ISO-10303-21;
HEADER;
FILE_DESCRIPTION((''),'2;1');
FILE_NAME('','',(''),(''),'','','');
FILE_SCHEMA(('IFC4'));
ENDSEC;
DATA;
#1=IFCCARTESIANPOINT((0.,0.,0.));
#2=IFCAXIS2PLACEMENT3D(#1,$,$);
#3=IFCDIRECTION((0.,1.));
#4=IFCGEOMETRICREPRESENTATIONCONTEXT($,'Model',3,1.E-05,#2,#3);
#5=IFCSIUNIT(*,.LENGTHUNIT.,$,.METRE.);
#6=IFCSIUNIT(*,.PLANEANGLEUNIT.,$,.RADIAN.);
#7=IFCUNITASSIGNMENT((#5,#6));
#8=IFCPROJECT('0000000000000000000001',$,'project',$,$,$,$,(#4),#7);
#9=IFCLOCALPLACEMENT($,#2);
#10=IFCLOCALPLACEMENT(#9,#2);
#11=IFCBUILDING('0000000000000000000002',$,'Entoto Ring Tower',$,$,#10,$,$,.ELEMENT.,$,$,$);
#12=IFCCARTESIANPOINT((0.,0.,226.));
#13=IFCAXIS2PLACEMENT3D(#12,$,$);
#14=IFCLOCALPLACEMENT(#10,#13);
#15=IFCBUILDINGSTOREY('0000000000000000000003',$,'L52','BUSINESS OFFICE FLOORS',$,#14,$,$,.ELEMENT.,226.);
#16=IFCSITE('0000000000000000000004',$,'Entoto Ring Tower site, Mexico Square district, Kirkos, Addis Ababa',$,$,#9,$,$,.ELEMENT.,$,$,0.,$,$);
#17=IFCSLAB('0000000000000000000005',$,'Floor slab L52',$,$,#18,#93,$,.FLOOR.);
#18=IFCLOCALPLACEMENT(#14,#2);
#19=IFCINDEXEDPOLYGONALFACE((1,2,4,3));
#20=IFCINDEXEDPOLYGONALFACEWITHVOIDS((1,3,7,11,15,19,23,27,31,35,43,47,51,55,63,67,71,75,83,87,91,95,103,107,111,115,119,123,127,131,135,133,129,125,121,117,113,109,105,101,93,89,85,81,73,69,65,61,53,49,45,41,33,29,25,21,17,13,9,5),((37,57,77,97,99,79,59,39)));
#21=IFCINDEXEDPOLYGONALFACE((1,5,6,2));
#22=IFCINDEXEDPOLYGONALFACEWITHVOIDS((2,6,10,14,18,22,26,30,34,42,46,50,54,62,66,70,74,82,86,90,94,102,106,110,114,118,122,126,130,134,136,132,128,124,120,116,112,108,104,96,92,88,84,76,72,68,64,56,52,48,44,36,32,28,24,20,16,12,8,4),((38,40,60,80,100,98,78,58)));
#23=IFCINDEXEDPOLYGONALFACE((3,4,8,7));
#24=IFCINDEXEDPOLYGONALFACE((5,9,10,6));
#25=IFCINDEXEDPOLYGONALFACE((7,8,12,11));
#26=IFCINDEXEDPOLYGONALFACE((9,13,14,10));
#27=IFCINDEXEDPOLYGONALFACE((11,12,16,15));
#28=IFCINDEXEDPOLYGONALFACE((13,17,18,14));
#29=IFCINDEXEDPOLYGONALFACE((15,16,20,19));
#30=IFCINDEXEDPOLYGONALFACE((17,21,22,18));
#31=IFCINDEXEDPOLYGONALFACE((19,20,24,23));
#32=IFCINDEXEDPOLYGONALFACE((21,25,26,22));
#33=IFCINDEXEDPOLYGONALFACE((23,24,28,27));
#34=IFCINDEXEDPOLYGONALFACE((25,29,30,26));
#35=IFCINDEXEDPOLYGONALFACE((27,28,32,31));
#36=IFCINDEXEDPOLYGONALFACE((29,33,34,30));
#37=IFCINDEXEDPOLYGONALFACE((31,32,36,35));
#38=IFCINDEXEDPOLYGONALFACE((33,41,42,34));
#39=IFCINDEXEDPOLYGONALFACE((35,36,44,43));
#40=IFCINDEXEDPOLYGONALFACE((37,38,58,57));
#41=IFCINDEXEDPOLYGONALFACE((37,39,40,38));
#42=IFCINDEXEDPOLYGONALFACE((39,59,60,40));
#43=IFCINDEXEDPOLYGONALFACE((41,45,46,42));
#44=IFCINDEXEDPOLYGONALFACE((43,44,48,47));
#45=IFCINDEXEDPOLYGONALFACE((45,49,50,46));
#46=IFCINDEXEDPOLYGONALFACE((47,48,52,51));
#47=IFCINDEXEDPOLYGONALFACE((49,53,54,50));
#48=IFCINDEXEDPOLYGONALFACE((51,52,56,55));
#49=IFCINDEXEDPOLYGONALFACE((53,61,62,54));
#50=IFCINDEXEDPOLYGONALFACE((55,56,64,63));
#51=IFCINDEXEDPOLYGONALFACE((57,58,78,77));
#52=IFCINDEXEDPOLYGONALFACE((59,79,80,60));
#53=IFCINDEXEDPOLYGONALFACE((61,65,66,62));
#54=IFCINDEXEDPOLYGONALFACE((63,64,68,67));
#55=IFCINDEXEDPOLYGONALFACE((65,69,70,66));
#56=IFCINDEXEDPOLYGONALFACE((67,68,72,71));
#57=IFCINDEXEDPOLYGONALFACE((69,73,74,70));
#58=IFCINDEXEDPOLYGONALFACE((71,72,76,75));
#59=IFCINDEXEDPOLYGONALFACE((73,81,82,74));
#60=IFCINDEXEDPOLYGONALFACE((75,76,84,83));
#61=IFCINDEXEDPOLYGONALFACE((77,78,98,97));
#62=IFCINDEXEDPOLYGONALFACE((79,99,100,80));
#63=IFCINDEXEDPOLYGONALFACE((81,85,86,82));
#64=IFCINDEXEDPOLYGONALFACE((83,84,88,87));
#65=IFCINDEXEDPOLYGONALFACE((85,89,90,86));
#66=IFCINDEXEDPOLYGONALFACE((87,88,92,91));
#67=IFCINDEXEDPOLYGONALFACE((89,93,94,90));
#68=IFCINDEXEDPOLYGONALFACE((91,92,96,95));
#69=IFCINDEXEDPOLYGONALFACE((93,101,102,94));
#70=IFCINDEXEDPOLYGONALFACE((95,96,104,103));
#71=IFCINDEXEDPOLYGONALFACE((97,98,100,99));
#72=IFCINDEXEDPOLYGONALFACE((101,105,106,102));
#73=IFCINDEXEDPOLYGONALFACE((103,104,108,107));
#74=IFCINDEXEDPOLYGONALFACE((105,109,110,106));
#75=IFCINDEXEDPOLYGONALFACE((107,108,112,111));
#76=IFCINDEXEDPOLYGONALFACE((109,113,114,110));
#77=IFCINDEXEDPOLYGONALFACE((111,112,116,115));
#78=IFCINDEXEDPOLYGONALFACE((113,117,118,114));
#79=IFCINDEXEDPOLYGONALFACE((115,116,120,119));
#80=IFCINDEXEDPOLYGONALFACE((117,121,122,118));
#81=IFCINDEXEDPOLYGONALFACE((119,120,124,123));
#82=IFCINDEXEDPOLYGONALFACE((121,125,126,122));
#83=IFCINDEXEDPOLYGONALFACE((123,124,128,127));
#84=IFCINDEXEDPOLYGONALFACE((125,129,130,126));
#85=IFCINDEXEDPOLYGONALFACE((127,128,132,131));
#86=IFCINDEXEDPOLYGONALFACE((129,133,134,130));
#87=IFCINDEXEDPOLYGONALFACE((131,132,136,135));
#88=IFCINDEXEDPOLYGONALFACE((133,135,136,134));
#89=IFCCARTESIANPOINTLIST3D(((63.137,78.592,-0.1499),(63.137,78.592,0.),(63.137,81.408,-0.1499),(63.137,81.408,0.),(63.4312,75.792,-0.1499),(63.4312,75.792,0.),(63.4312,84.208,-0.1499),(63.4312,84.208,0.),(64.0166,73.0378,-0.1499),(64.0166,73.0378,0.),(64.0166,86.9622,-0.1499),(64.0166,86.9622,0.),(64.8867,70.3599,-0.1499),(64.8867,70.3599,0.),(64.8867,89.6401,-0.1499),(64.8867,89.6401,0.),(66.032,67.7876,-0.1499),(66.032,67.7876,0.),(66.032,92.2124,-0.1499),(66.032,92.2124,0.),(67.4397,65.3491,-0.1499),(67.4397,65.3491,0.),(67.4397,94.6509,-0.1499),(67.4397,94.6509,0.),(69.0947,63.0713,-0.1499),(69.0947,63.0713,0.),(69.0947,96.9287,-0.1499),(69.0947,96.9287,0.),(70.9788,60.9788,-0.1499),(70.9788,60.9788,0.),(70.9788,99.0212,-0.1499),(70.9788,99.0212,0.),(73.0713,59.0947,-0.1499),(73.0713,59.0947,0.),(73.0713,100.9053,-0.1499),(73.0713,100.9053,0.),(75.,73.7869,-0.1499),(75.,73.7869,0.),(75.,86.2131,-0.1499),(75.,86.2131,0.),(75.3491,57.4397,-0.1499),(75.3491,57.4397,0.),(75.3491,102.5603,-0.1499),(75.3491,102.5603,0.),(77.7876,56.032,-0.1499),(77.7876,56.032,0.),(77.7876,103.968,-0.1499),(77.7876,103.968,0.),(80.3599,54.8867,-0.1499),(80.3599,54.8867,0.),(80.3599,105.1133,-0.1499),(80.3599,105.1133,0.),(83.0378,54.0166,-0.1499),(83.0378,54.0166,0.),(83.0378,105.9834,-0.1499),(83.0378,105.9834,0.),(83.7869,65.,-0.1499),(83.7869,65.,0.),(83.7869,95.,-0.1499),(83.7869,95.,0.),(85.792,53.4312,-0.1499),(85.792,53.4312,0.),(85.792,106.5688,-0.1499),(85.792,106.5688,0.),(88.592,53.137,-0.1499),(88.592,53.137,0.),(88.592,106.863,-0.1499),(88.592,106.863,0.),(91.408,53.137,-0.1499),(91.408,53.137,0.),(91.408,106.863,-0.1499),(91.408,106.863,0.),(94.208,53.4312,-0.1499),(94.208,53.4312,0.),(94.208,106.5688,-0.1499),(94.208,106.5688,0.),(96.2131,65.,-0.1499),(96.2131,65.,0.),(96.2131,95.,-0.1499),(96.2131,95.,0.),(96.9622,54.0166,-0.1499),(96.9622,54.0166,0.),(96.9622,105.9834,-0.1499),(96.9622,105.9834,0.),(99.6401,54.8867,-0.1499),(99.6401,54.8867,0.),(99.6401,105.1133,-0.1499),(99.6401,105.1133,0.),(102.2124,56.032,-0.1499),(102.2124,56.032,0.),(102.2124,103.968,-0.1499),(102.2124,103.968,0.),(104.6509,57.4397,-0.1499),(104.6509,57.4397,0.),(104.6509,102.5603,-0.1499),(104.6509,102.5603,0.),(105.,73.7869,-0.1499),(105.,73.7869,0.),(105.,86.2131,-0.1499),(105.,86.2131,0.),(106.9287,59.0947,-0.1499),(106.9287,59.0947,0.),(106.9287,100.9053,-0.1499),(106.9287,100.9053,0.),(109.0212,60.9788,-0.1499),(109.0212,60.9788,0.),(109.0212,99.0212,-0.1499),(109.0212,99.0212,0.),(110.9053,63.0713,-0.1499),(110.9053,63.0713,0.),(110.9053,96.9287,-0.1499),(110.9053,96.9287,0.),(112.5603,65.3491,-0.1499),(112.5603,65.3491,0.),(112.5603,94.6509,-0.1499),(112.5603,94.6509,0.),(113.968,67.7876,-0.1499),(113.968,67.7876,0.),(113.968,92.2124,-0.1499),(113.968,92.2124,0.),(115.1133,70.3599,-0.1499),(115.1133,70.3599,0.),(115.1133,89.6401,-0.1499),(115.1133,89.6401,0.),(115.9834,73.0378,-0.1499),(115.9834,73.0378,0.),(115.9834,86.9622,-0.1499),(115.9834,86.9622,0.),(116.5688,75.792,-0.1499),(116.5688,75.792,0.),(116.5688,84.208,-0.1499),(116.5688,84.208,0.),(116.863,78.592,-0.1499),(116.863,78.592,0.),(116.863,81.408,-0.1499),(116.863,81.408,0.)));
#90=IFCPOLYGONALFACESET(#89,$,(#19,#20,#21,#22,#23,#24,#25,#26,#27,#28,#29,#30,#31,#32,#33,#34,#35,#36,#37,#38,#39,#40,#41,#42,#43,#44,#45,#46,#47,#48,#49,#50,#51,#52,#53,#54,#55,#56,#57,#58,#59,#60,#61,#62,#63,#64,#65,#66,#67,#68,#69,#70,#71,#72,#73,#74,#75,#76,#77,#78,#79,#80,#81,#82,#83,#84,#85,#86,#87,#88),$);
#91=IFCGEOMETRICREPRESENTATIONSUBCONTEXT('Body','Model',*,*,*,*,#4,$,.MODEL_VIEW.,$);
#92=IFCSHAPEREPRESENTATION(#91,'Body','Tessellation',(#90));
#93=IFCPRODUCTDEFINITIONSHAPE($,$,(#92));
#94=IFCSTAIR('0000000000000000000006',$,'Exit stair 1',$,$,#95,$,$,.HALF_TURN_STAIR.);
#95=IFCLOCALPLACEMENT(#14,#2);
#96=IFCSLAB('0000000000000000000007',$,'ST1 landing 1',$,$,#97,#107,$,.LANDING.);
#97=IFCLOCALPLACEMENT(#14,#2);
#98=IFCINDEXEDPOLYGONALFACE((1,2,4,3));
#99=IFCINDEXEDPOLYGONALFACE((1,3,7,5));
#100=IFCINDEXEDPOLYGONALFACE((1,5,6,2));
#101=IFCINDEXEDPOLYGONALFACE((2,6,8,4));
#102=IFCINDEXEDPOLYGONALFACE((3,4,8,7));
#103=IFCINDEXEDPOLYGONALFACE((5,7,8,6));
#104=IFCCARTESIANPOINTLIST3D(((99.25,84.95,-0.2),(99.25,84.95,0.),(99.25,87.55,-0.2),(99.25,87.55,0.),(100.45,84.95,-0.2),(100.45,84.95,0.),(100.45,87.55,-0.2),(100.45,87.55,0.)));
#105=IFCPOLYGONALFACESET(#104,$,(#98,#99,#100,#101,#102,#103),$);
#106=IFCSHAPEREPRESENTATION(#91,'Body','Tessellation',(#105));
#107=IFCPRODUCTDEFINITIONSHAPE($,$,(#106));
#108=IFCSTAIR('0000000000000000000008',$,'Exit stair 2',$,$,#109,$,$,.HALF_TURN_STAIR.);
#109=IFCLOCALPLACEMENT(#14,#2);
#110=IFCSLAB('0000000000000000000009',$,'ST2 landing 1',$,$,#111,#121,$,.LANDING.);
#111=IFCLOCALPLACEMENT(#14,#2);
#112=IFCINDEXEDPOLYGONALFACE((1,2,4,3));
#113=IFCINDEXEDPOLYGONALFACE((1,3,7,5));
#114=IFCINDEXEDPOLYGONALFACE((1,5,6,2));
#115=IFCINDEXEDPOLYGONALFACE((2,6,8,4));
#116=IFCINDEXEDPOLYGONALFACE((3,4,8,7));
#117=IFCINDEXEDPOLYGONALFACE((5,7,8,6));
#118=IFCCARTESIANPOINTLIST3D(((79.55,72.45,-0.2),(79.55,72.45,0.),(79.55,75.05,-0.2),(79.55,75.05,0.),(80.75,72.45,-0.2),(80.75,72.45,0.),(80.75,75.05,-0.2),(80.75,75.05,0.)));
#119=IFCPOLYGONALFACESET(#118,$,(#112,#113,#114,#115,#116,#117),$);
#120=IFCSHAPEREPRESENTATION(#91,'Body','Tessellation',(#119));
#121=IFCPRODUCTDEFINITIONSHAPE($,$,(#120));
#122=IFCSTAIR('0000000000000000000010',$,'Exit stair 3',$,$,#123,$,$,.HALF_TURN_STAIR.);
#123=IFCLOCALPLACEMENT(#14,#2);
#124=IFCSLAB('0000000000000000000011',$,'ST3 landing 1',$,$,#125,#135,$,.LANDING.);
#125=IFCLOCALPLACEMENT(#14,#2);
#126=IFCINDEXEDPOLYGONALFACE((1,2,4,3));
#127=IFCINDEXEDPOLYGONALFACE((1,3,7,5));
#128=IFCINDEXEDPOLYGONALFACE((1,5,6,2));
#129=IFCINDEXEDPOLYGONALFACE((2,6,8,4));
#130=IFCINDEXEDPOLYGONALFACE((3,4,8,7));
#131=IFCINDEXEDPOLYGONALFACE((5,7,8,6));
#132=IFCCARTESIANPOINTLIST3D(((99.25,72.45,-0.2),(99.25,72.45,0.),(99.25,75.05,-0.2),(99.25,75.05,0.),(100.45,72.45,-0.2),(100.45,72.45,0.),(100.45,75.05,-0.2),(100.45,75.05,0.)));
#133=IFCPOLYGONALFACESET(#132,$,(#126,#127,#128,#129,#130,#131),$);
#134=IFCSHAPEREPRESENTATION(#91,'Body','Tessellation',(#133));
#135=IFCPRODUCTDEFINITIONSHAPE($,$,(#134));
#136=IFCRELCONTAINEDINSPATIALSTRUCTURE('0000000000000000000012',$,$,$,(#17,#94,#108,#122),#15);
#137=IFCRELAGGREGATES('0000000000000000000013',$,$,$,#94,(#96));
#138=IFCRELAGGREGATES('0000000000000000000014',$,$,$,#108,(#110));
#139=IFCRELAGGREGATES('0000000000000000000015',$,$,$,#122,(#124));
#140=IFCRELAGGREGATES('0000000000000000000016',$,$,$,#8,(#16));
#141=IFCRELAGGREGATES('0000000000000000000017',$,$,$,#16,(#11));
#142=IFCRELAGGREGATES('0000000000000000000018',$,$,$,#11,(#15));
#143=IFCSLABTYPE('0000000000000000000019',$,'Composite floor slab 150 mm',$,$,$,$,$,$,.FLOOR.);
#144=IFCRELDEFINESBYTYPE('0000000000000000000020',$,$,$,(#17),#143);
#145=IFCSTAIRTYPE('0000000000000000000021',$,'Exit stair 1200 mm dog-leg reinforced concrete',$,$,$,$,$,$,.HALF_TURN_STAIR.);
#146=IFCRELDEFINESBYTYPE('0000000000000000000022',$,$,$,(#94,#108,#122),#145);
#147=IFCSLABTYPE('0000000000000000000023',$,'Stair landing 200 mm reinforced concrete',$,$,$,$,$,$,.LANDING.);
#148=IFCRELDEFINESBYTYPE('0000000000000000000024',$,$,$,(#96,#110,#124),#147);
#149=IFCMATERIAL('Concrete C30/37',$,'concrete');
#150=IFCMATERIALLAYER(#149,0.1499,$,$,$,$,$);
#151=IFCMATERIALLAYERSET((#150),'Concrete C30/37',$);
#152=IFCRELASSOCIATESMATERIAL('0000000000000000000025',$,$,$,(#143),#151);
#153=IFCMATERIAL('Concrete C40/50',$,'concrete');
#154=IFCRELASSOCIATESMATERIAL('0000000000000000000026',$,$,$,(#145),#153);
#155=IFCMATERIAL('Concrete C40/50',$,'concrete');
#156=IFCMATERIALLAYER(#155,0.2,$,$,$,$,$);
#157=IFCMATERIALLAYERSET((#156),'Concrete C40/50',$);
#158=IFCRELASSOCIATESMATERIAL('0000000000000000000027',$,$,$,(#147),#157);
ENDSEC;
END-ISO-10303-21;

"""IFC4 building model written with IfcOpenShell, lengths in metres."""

from ifc_helpers import new_model, si_unit, direction, frame, origin, place, context, subcontext, project, spatial, polyline, outline, extrude, material, layer, layer_set, type_object, element, aggregate, save


model = new_model("IFC4")

# Units and contexts
model_context = context("Model", 3, precision=1e-05, world=origin(), true_north=direction((0.0, 1.0)))
body_context = subcontext(model_context, "Body", "Model", "MODEL_VIEW")
ifc_project = project(units=[si_unit("LENGTHUNIT", "METRE"), si_unit("PLANEANGLEUNIT", "RADIAN")], contexts=[model_context])

# Site, building, storey
site_placement = place(None, origin())
building_placement = place(site_placement, origin())
storey_placement = place(building_placement, frame((0.0, 0.0, 226.0)))
site = spatial("IfcSite", under=ifc_project, at=site_placement, Name="Entoto Ring Tower site, Mexico Square district, Kirkos, Addis Ababa", CompositionType="ELEMENT", RefElevation=0.0)
building = spatial("IfcBuilding", under=site, at=building_placement, Name="Entoto Ring Tower", CompositionType="ELEMENT")
storey = spatial("IfcBuildingStorey", under=building, at=storey_placement, Name="L52", Description="BUSINESS OFFICE FLOORS", CompositionType="ELEMENT", Elevation=226.0)

# Slab
ifc_material_1 = material(Name="Concrete C30/37", Category="concrete")
ifc_layer_1 = layer(ifc_material_1, 0.1499)
ifc_layer_set_1 = layer_set([ifc_layer_1], Name="Concrete C30/37")
slab_type_1 = type_object("IfcSlabType", Name="Composite floor slab 150 mm", PredefinedType="FLOOR", material=ifc_layer_set_1)
slab_1_placement = place(storey_placement, frame((0.0, 0.0, -0.1499)))
element("IfcSlab", 1, at=slab_1_placement, inside=storey, type_object=slab_type_1, Name="Floor slab L52", PredefinedType="FLOOR", context=body_context, shape_type="SweptSolid", body=[
    extrude(outline(polyline([(116.5688, 84.208), (115.9834, 86.9622), (115.1133, 89.6401), (113.968, 92.2124), (112.5603, 94.6509), (110.9053, 96.9287), (109.0212, 99.0212), (106.9287, 100.9053), (104.6509, 102.5603), (102.2124, 103.968), (99.6401, 105.1133), (96.9622, 105.9834), (94.208, 106.5688), (91.408, 106.863), (88.592, 106.863), (85.792, 106.5688), (83.0378, 105.9834), (80.3599, 105.1133), (77.7876, 103.968), (75.3491, 102.5603), (73.0713, 100.9053), (70.9788, 99.0212), (69.0947, 96.9287), (67.4397, 94.6509), (66.032, 92.2124), (64.8867, 89.6401), (64.0166, 86.9622), (63.4312, 84.208), (63.137, 81.408), (63.137, 78.592), (63.4312, 75.792), (64.0166, 73.0378), (64.8867, 70.3599), (66.032, 67.7876), (67.4397, 65.3491), (69.0947, 63.0713), (70.9788, 60.9788), (73.0713, 59.0947), (75.3491, 57.4397), (77.7876, 56.032), (80.3599, 54.8867), (83.0378, 54.0166), (85.792, 53.4312), (88.592, 53.137), (91.408, 53.137), (94.208, 53.4312), (96.9622, 54.0166), (99.6401, 54.8867), (102.2124, 56.032), (104.6509, 57.4397), (106.9287, 59.0947), (109.0212, 60.9788), (110.9053, 63.0713), (112.5603, 65.3491), (113.968, 67.7876), (115.1133, 70.3599), (115.9834, 73.0378), (116.5688, 75.792), (116.863, 78.592), (116.863, 81.408), (116.5688, 84.208)]), holes=[polyline([(105.0, 73.7869), (105.0, 86.2131), (96.2131, 95.0), (83.7869, 95.0), (75.0, 86.2131), (75.0, 73.7869), (83.7869, 65.0), (96.2131, 65.0), (105.0, 73.7869)])]), origin(), (0.0, 0.0, 1.0), 0.1499),
])

# Stairs, slabs
ifc_material_2 = material(Name="Concrete C40/50", Category="concrete")
stair_type = type_object("IfcStairType", Name="Exit stair 1200 mm dog-leg reinforced concrete", PredefinedType="HALF_TURN_STAIR", material=ifc_material_2)
stair_1_placement = place(storey_placement, origin())
stair_1 = element("IfcStair", 2, at=stair_1_placement, inside=storey, type_object=stair_type, Name="Exit stair 1", PredefinedType="HALF_TURN_STAIR")
ifc_material_3 = material(Name="Concrete C40/50", Category="concrete")
ifc_layer_2 = layer(ifc_material_3, 0.2)
ifc_layer_set_2 = layer_set([ifc_layer_2], Name="Concrete C40/50")
slab_type_2 = type_object("IfcSlabType", Name="Stair landing 200 mm reinforced concrete", PredefinedType="LANDING", material=ifc_layer_set_2)
slab_2_placement = place(storey_placement, frame((0.0, 0.0, -0.2)))
slab_2 = element("IfcSlab", 3, at=slab_2_placement, type_object=slab_type_2, Name="ST1 landing 1", PredefinedType="LANDING", context=body_context, shape_type="SweptSolid", body=[
    extrude(outline(polyline([(100.45, 84.95), (100.45, 87.55), (99.25, 87.55), (99.25, 84.95), (100.45, 84.95)])), origin(), (0.0, 0.0, 1.0), 0.2),
])
aggregate(stair_1, [slab_2])
stair_2_placement = place(storey_placement, origin())
stair_2 = element("IfcStair", 4, at=stair_2_placement, inside=storey, type_object=stair_type, Name="Exit stair 2", PredefinedType="HALF_TURN_STAIR")
slab_3_placement = place(storey_placement, frame((0.0, 0.0, -0.2)))
slab_3 = element("IfcSlab", 5, at=slab_3_placement, type_object=slab_type_2, Name="ST2 landing 1", PredefinedType="LANDING", context=body_context, shape_type="SweptSolid", body=[
    extrude(outline(polyline([(80.75, 72.45), (80.75, 75.05), (79.55, 75.05), (79.55, 72.45), (80.75, 72.45)])), origin(), (0.0, 0.0, 1.0), 0.2),
])
aggregate(stair_2, [slab_3])
stair_3_placement = place(storey_placement, origin())
stair_3 = element("IfcStair", 6, at=stair_3_placement, inside=storey, type_object=stair_type, Name="Exit stair 3", PredefinedType="HALF_TURN_STAIR")
slab_4_placement = place(storey_placement, frame((0.0, 0.0, -0.2)))
slab_4 = element("IfcSlab", 7, at=slab_4_placement, type_object=slab_type_2, Name="ST3 landing 1", PredefinedType="LANDING", context=body_context, shape_type="SweptSolid", body=[
    extrude(outline(polyline([(100.45, 72.45), (100.45, 75.05), (99.25, 75.05), (99.25, 72.45), (100.45, 72.45)])), origin(), (0.0, 0.0, 1.0), 0.2),
])
aggregate(stair_3, [slab_4])

save(model, "model.ifc")
